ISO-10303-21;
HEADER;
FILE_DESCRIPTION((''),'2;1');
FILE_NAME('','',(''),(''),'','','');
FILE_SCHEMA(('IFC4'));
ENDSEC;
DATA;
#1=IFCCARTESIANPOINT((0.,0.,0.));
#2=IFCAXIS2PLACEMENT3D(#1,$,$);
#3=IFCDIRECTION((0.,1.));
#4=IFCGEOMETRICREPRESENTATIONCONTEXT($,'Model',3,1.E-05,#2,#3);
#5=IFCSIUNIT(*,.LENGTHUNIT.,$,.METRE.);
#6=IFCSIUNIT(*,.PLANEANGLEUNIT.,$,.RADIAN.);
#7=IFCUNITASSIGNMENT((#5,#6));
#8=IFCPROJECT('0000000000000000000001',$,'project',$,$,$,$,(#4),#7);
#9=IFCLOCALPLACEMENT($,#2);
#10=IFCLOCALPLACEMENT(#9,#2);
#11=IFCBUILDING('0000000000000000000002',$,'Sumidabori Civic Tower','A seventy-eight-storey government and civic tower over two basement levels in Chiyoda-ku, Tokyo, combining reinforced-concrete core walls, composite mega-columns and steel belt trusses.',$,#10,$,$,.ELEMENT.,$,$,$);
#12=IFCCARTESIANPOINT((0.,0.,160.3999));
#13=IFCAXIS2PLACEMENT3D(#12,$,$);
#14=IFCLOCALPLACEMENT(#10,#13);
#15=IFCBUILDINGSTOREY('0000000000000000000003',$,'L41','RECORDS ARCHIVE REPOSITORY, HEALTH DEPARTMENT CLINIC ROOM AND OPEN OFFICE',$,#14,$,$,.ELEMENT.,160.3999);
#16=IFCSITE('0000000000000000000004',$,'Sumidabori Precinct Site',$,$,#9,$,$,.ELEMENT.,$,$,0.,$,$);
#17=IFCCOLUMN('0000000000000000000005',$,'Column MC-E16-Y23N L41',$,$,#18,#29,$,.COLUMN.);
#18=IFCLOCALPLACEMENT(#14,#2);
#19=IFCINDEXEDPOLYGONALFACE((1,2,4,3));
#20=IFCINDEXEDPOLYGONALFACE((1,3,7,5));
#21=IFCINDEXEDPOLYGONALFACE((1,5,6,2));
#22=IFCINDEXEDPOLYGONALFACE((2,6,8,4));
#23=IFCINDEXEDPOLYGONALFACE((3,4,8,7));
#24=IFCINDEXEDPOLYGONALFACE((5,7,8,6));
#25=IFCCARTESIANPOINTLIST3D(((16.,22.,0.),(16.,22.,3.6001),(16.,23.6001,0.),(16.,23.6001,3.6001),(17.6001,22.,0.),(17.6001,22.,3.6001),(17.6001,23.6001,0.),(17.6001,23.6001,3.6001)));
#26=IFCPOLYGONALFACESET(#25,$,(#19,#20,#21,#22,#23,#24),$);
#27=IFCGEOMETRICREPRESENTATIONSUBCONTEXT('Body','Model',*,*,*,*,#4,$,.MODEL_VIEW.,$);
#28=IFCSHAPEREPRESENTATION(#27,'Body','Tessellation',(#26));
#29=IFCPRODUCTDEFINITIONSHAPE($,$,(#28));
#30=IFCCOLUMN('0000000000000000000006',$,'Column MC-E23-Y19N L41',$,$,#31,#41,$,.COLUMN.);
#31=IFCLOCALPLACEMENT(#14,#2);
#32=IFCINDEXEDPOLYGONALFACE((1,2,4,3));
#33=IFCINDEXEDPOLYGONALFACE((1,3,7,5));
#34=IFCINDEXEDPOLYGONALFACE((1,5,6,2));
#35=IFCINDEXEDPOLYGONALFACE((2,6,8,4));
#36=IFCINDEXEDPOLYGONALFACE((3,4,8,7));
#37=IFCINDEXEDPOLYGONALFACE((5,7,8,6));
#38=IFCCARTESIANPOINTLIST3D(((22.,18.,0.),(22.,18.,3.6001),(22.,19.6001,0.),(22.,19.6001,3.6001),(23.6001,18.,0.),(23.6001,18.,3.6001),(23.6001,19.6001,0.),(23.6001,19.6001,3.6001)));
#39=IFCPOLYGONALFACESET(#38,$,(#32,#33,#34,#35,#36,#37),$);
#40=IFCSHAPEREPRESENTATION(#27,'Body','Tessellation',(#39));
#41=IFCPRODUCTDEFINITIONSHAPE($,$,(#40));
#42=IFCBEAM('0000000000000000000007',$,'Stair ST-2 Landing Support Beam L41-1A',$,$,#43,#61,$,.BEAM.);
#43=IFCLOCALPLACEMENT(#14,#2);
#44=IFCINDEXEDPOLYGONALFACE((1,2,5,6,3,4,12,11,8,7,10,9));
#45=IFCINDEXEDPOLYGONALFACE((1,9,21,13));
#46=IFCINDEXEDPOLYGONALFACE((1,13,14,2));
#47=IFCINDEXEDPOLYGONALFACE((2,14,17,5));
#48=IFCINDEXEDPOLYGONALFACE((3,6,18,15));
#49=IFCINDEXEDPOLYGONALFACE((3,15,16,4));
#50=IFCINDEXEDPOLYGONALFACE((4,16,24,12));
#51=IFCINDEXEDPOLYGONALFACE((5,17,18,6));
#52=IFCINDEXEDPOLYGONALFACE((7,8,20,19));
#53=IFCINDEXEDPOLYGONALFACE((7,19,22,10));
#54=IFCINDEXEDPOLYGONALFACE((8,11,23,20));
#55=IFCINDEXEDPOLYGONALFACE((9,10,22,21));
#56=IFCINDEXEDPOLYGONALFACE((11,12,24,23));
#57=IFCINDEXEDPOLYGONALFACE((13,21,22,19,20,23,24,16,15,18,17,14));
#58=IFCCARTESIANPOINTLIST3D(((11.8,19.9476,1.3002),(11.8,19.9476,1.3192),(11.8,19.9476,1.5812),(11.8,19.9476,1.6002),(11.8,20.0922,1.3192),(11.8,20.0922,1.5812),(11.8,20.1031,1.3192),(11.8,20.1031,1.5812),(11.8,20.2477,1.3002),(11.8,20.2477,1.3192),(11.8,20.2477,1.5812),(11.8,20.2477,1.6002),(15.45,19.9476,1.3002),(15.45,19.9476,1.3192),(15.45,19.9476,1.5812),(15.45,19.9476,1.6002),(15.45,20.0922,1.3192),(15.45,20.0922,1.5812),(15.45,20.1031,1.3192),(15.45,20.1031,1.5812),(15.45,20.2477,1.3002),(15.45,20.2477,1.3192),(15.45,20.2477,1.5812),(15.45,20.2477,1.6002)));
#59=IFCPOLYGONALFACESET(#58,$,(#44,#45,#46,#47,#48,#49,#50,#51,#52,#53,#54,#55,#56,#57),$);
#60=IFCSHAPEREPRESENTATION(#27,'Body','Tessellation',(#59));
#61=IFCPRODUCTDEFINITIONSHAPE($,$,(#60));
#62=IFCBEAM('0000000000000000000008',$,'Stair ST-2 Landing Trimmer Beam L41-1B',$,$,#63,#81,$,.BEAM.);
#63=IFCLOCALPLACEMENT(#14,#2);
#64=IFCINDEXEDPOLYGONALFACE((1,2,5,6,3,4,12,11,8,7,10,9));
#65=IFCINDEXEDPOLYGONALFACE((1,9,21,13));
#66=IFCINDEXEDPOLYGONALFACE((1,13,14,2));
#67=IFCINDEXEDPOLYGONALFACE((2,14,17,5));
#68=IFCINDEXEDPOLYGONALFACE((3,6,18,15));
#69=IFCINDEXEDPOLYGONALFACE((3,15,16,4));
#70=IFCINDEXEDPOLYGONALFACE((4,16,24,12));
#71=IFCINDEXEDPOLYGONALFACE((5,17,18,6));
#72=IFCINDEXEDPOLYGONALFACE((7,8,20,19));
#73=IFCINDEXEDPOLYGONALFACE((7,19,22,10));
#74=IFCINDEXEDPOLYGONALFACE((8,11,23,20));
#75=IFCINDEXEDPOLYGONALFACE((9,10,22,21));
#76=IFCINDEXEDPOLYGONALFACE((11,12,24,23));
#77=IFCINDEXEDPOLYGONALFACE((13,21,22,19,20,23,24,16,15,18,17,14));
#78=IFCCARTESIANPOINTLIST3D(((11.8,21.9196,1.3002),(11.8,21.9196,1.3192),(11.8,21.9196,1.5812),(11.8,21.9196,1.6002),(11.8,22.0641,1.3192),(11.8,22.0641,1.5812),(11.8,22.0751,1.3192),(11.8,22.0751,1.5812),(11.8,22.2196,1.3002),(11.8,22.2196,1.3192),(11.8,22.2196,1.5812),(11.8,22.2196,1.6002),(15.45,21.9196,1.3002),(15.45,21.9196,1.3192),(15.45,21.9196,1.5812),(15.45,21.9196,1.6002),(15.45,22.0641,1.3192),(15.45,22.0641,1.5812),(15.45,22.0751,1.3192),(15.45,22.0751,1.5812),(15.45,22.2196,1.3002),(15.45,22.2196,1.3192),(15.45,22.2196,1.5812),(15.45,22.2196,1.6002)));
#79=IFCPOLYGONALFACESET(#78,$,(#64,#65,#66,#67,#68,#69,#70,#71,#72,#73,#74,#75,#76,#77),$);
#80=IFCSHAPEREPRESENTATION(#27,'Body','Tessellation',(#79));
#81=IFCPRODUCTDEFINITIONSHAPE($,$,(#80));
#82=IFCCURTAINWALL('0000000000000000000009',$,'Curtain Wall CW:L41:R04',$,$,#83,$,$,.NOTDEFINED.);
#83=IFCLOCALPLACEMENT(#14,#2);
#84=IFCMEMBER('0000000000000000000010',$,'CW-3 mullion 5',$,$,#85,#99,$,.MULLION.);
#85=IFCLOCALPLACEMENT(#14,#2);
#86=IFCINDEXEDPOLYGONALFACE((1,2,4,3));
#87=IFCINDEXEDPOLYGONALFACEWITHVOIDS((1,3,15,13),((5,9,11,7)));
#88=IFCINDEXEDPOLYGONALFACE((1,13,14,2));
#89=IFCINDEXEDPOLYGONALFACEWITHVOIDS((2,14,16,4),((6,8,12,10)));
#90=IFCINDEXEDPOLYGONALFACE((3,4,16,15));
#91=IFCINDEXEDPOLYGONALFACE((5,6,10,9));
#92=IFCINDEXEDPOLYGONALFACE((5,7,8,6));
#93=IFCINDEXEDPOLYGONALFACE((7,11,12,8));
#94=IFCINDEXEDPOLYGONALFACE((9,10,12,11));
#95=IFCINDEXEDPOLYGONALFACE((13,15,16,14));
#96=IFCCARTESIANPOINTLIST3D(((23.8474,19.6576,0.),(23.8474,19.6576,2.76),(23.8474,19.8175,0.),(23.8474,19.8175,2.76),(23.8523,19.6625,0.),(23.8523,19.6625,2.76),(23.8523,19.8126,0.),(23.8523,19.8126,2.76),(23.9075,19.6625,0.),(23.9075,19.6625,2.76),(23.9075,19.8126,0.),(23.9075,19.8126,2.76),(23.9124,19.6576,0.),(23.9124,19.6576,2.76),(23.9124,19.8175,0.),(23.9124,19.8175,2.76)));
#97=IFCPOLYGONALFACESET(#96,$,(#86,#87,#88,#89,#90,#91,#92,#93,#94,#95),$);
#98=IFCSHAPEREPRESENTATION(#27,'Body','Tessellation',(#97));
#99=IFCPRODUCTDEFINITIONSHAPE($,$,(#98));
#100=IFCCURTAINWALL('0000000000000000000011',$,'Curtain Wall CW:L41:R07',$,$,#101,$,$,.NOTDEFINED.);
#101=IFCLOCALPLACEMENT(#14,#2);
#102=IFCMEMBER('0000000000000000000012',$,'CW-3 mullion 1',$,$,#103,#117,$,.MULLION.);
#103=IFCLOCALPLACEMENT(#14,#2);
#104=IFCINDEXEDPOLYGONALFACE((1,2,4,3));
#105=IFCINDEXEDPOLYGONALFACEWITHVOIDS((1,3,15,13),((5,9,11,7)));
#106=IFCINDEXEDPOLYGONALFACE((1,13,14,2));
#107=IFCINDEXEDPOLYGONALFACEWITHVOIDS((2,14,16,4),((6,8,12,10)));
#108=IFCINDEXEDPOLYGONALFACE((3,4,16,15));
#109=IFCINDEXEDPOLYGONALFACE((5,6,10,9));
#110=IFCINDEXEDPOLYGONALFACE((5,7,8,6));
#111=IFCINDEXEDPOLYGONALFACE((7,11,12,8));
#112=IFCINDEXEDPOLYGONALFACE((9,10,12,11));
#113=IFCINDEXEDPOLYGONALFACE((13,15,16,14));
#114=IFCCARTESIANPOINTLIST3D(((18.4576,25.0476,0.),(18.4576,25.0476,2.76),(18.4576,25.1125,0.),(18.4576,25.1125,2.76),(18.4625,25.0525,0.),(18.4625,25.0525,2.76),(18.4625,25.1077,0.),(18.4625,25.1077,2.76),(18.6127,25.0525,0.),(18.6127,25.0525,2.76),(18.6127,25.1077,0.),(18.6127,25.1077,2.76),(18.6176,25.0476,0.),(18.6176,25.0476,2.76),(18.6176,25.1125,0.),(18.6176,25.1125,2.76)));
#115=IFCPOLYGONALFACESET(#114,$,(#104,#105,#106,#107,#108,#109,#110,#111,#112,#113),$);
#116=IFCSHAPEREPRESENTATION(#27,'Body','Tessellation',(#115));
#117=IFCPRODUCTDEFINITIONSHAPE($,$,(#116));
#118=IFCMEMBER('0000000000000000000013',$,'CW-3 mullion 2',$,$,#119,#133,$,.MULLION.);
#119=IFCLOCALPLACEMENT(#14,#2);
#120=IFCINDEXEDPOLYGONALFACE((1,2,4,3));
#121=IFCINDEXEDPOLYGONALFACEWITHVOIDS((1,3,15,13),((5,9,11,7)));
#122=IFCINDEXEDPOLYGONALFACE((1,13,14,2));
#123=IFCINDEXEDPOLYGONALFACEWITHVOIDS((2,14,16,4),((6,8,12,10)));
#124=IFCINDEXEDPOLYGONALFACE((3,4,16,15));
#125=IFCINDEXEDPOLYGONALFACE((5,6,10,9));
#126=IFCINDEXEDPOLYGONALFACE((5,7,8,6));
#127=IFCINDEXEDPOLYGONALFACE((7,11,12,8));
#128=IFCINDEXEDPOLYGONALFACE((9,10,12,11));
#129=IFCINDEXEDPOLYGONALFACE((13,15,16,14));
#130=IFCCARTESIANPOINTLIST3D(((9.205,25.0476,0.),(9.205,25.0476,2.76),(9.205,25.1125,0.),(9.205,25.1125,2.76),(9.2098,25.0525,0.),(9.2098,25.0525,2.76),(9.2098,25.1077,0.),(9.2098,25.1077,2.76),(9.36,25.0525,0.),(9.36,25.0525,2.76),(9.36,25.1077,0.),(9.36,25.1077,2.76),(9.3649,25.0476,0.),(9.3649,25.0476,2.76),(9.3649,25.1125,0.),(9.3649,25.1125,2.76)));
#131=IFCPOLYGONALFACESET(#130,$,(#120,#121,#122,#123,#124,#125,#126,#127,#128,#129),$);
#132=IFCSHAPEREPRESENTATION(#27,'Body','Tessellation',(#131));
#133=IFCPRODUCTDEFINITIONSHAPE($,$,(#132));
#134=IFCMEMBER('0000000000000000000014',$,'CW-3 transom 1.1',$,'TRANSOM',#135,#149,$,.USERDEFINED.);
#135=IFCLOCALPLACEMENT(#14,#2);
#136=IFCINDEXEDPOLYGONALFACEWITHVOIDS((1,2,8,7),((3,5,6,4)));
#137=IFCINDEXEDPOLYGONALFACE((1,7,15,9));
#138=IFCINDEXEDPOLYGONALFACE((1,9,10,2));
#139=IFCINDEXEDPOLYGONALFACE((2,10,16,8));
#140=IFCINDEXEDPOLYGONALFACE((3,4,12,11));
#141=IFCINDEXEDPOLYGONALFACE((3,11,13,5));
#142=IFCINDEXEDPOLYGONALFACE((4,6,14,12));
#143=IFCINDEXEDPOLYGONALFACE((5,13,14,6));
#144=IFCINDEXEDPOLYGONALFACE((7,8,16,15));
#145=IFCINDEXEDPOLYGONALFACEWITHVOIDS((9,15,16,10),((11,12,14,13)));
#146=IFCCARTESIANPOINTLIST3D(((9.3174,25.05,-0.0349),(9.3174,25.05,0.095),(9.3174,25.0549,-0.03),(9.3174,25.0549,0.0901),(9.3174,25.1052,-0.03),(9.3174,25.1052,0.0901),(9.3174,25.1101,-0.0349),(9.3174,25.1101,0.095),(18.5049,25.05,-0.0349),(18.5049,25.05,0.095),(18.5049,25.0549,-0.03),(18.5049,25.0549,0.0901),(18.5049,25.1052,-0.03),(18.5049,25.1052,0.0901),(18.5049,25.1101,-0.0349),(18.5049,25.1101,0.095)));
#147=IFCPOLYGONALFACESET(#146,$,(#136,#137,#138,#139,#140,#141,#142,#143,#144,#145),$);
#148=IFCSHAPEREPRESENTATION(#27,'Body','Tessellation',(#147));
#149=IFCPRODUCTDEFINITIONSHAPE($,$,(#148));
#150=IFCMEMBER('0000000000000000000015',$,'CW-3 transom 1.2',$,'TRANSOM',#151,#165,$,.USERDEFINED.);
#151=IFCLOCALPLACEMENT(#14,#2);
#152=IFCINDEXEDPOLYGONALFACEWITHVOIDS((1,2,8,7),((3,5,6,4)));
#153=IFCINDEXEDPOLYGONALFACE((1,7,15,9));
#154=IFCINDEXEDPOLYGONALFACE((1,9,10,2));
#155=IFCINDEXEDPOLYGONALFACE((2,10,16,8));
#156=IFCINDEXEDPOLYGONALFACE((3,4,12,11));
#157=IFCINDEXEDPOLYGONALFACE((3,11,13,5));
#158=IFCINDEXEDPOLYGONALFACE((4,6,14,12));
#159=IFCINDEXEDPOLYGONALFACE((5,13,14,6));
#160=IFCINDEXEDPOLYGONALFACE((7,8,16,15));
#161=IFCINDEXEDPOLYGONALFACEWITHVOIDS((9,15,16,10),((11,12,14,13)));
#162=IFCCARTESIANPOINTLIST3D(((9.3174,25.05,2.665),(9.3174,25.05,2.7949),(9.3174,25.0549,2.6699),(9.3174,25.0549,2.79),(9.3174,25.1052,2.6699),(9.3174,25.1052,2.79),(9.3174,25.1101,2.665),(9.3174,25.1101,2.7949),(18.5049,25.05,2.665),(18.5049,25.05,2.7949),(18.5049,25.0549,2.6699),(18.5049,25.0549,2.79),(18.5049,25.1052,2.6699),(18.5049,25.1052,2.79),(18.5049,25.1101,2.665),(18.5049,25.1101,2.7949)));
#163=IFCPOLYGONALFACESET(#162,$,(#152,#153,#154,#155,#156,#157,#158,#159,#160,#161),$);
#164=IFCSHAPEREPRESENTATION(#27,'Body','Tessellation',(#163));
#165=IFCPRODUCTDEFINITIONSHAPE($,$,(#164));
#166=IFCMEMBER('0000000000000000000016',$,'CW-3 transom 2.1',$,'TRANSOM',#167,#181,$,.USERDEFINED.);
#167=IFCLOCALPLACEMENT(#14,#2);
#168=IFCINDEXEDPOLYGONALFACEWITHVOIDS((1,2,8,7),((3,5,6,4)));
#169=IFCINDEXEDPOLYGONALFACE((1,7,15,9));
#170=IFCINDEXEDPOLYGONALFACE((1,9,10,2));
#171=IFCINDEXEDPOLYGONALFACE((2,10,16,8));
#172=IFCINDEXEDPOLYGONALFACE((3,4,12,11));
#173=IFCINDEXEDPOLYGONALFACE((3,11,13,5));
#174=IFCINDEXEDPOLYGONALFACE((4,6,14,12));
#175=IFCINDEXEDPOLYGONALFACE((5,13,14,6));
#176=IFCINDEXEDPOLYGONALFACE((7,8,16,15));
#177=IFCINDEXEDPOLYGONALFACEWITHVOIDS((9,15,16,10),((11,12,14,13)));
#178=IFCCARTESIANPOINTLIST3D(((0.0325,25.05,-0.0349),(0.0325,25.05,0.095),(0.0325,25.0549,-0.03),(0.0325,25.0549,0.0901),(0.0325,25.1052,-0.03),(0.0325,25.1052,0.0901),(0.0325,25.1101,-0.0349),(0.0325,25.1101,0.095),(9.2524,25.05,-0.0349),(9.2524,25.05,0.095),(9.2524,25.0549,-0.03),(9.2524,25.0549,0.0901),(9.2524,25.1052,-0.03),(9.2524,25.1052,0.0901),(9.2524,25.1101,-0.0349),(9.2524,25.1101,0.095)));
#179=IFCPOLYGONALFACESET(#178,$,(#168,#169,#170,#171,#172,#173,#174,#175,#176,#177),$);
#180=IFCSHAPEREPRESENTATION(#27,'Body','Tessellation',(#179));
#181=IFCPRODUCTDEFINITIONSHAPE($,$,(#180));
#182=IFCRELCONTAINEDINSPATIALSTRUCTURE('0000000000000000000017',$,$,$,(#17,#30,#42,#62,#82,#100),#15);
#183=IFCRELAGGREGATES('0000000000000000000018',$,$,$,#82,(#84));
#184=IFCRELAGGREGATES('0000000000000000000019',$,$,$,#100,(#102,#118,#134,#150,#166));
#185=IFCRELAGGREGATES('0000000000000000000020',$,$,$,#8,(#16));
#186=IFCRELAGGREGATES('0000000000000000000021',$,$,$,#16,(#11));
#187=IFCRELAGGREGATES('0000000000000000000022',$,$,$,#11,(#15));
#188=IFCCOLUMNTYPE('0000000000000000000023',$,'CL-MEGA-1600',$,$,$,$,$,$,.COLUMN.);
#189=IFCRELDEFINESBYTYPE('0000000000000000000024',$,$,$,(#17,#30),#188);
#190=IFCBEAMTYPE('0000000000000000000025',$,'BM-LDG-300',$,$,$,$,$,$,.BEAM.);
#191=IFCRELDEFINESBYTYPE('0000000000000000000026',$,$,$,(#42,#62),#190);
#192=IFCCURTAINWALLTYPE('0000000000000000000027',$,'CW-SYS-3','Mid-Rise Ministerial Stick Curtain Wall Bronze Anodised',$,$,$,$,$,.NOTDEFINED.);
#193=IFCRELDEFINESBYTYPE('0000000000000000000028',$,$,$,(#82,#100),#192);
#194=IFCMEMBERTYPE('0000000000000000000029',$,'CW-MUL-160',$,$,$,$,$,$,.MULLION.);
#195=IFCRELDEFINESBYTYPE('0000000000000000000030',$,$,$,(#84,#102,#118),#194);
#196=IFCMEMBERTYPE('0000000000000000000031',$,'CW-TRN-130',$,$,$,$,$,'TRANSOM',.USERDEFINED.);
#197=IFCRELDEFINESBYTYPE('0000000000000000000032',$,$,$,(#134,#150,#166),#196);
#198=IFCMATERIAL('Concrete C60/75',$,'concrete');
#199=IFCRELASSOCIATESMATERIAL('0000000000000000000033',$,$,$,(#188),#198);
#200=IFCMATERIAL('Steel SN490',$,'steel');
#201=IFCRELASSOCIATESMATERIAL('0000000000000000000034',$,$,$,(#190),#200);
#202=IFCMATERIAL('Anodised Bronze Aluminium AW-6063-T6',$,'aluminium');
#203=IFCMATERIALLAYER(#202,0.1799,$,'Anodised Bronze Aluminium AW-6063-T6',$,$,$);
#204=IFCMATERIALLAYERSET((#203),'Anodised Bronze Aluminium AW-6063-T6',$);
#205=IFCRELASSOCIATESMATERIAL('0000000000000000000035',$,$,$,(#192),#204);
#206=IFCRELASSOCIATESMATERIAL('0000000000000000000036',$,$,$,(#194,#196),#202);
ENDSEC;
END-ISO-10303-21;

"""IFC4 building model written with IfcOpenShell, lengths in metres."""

from ifc_helpers import new_model, si_unit, direction, frame, origin, origin_2d, place, context, subcontext, project, spatial, rectangle, hollow_rectangle, i_section, extrude, source, transform, mapped, material, layer, layer_set, material_profile, profile_set, type_object, element, aggregate, save


model = new_model("IFC4")

# Units and contexts
model_context = context("Model", 3, precision=1e-05, world=origin(), true_north=direction((0.0, 1.0)))
body_context = subcontext(model_context, "Body", "Model", "MODEL_VIEW")
ifc_project = project(units=[si_unit("LENGTHUNIT", "METRE"), si_unit("PLANEANGLEUNIT", "RADIAN")], contexts=[model_context])

# Site, building, storey
site_placement = place(None, origin())
site = spatial("IfcSite", under=ifc_project, at=site_placement, Name="Sumidabori Precinct Site", CompositionType="ELEMENT", RefElevation=0.0)
building_placement = place(site_placement, origin())
building = spatial("IfcBuilding", under=site, at=building_placement, Name="Sumidabori Civic Tower", Description="A seventy-eight-storey government and civic tower over two basement levels in Chiyoda-ku, Tokyo, combining reinforced-concrete core walls, composite mega-columns and steel belt trusses.", CompositionType="ELEMENT")
storey_placement = place(building_placement, frame((0.0, 0.0, 160.3999)))
storey = spatial("IfcBuildingStorey", under=building, at=storey_placement, Name="L41", Description="RECORDS ARCHIVE REPOSITORY, HEALTH DEPARTMENT CLINIC ROOM AND OPEN OFFICE", CompositionType="ELEMENT", Elevation=160.3999)

# Columns
ifc_material_1 = material(Name="Concrete C60/75", Category="concrete")
ifc_material_profile_1 = material_profile(ifc_material_1, rectangle(XDim=1.6001, YDim=1.6001, at=origin_2d()), Name="RC 1600x1600")
ifc_profile_set_1 = profile_set([ifc_material_profile_1], Name="Concrete C60/75")
column_type = type_object("IfcColumnType", Name="CL-MEGA-1600", PredefinedType="COLUMN", material=ifc_profile_set_1)
shared_shape_1 = source(origin(), body_context, "Body", "SweptSolid", [
    extrude(rectangle(XDim=1.6001, YDim=1.6001, at=origin_2d()), origin(), (0.0, 0.0, 1.0), 3.6001),
])
for number, where, z_axis, x_axis, name in (
    (1, (16.8, 22.8, 0.0), (0.0, 0.0, 1.0), (1.0, 0.0, 0.0), "Column MC-E16-Y23N L41"),
    (2, (22.8, 18.8, 0.0), (0.0, 0.0, 1.0), (1.0, 0.0, 0.0), "Column MC-E23-Y19N L41"),
):
    element("IfcColumn", number, at=place(storey_placement, frame(where, z_axis=z_axis, x_axis=x_axis)), inside=storey, type_object=column_type, Name=name, PredefinedType="COLUMN", context=body_context, shape_type="MappedRepresentation", body=[
        mapped(shared_shape_1, transform((0.0, 0.0, 0.0), x_axis=(1.0, 0.0, 0.0), y_axis=(0.0, 1.0, 0.0), z_axis=(0.0, 0.0, 1.0), scale=1.0)),
    ])

# Beams
ifc_material_2 = material(Name="Steel SN490", Category="steel")
ifc_material_profile_2 = material_profile(ifc_material_2, i_section(OverallWidth=0.3, OverallDepth=0.3, WebThickness=0.011, FlangeThickness=0.019, at=origin_2d()), Name="HE 300 B")
ifc_profile_set_2 = profile_set([ifc_material_profile_2], Name="Steel SN490")
beam_type = type_object("IfcBeamType", Name="BM-LDG-300", PredefinedType="BEAM", material=ifc_profile_set_2)
shared_shape_2 = source(origin(), body_context, "Body", "SweptSolid", [
    extrude(i_section(OverallWidth=0.3, OverallDepth=0.3, WebThickness=0.011, FlangeThickness=0.019, at=origin_2d()), origin(), (0.0, 0.0, 1.0), 3.6499),
])
for number, where, z_axis, x_axis, name in (
    (3, (11.8, 20.0977, 1.4502), (1.0, 0.0, 0.0), (0.0, 1.0, 0.0), "Stair ST-2 Landing Support Beam L41-1A"),
    (4, (11.8, 22.0696, 1.4502), (1.0, 0.0, 0.0), (0.0, 1.0, 0.0), "Stair ST-2 Landing Trimmer Beam L41-1B"),
):
    element("IfcBeam", number, at=place(storey_placement, frame(where, z_axis=z_axis, x_axis=x_axis)), inside=storey, type_object=beam_type, Name=name, PredefinedType="BEAM", context=body_context, shape_type="MappedRepresentation", body=[
        mapped(shared_shape_2, transform((0.0, 0.0, 0.0), x_axis=(1.0, 0.0, 0.0), y_axis=(0.0, 1.0, 0.0), z_axis=(0.0, 0.0, 1.0), scale=1.0)),
    ])

# Curtain wall, member
ifc_material_3 = material(Name="Anodised Bronze Aluminium AW-6063-T6", Category="aluminium")
ifc_layer_1 = layer(ifc_material_3, 0.1799, Name="Anodised Bronze Aluminium AW-6063-T6")
ifc_layer_set_1 = layer_set([ifc_layer_1], Name="Anodised Bronze Aluminium AW-6063-T6")
curtain_wall_type = type_object("IfcCurtainWallType", Name="CW-SYS-3", Description="Mid-Rise Ministerial Stick Curtain Wall Bronze Anodised", PredefinedType="NOTDEFINED", material=ifc_layer_set_1)
curtain_wall_1_placement = place(storey_placement, origin())
curtain_wall_1 = element("IfcCurtainWall", 5, at=curtain_wall_1_placement, inside=storey, type_object=curtain_wall_type, Name="Curtain Wall CW:L41:R04", PredefinedType="NOTDEFINED")
ifc_material_profile_3 = material_profile(ifc_material_3, hollow_rectangle(XDim=0.0649, YDim=0.1599, WallThickness=0.0049, at=origin_2d()), Name="ALU MULLION 160x65")
ifc_profile_set_3 = profile_set([ifc_material_profile_3], Name="Anodised Bronze Aluminium AW-6063-T6")
member_type_1 = type_object("IfcMemberType", Name="CW-MUL-160", PredefinedType="MULLION", material=ifc_profile_set_3)
shared_shape_3 = source(origin(), body_context, "Body", "SweptSolid", [
    extrude(hollow_rectangle(XDim=0.0649, YDim=0.1599, WallThickness=0.0049, at=origin_2d()), origin(), (0.0, 0.0, 1.0), 2.76),
])
member_1_placement = place(storey_placement, frame((23.8799, 19.7375, 0.0), z_axis=(0.0, 0.0, 1.0), x_axis=(-1.0, 0.0, 0.0)))
member_1 = element("IfcMember", 6, at=member_1_placement, type_object=member_type_1, Name="CW-3 mullion 5", PredefinedType="MULLION", context=body_context, shape_type="MappedRepresentation", body=[
    mapped(shared_shape_3, transform((0.0, 0.0, 0.0), x_axis=(1.0, 0.0, 0.0), y_axis=(0.0, 1.0, 0.0), z_axis=(0.0, 0.0, 1.0), scale=1.0)),
])
aggregate(curtain_wall_1, [member_1])

# Curtain wall, members
curtain_wall_2_placement = place(storey_placement, origin())
curtain_wall_2 = element("IfcCurtainWall", 7, at=curtain_wall_2_placement, inside=storey, type_object=curtain_wall_type, Name="Curtain Wall CW:L41:R07", PredefinedType="NOTDEFINED")
member_2_placement = place(storey_placement, frame((18.5376, 25.0801, 0.0), z_axis=(0.0, 0.0, 1.0), x_axis=(0.0, -1.0, 0.0)))
member_2 = element("IfcMember", 8, at=member_2_placement, type_object=member_type_1, Name="CW-3 mullion 1", PredefinedType="MULLION", context=body_context, shape_type="MappedRepresentation", body=[
    mapped(shared_shape_3, transform((0.0, 0.0, 0.0), x_axis=(1.0, 0.0, 0.0), y_axis=(0.0, 1.0, 0.0), z_axis=(0.0, 0.0, 1.0), scale=1.0)),
])
member_3_placement = place(storey_placement, frame((9.2849, 25.0801, 0.0), z_axis=(0.0, 0.0, 1.0), x_axis=(0.0, -1.0, 0.0)))
member_3 = element("IfcMember", 9, at=member_3_placement, type_object=member_type_1, Name="CW-3 mullion 2", PredefinedType="MULLION", context=body_context, shape_type="MappedRepresentation", body=[
    mapped(shared_shape_3, transform((0.0, 0.0, 0.0), x_axis=(1.0, 0.0, 0.0), y_axis=(0.0, 1.0, 0.0), z_axis=(0.0, 0.0, 1.0), scale=1.0)),
])
ifc_material_profile_4 = material_profile(ifc_material_3, hollow_rectangle(XDim=0.0601, YDim=0.1299, WallThickness=0.0049, at=origin_2d()), Name="ALU TRANSOM 130x60")
ifc_profile_set_4 = profile_set([ifc_material_profile_4], Name="Anodised Bronze Aluminium AW-6063-T6")
member_type_2 = type_object("IfcMemberType", Name="CW-TRN-130", ElementType="TRANSOM", PredefinedType="USERDEFINED", material=ifc_profile_set_4)
shared_shape_4 = source(origin(), body_context, "Body", "SweptSolid", [
    extrude(hollow_rectangle(XDim=0.0601, YDim=0.1299, WallThickness=0.0049, at=origin_2d()), origin(), (0.0, 0.0, 1.0), 9.1875),
])
member_4_placement = place(storey_placement, frame((18.5049, 25.0801, 0.03), z_axis=(-1.0, 0.0, 0.0), x_axis=(0.0, -1.0, 0.0)))
member_4 = element("IfcMember", 10, at=member_4_placement, type_object=member_type_2, Name="CW-3 transom 1.1", ObjectType="TRANSOM", PredefinedType="USERDEFINED", context=body_context, shape_type="MappedRepresentation", body=[
    mapped(shared_shape_4, transform((0.0, 0.0, 0.0), x_axis=(1.0, 0.0, 0.0), y_axis=(0.0, 1.0, 0.0), z_axis=(0.0, 0.0, 1.0), scale=1.0)),
])
member_5_placement = place(storey_placement, frame((18.5049, 25.0801, 2.73), z_axis=(-1.0, 0.0, 0.0), x_axis=(0.0, -1.0, 0.0)))
member_5 = element("IfcMember", 11, at=member_5_placement, type_object=member_type_2, Name="CW-3 transom 1.2", ObjectType="TRANSOM", PredefinedType="USERDEFINED", context=body_context, shape_type="MappedRepresentation", body=[
    mapped(shared_shape_4, transform((0.0, 0.0, 0.0), x_axis=(1.0, 0.0, 0.0), y_axis=(0.0, 1.0, 0.0), z_axis=(0.0, 0.0, 1.0), scale=1.0)),
])
shared_shape_5 = source(origin(), body_context, "Body", "SweptSolid", [
    extrude(hollow_rectangle(XDim=0.0601, YDim=0.1299, WallThickness=0.0049, at=origin_2d()), origin(), (0.0, 0.0, 1.0), 9.22),
])
member_6_placement = place(storey_placement, frame((9.2524, 25.0801, 0.03), z_axis=(-1.0, 0.0, 0.0), x_axis=(0.0, -1.0, 0.0)))
member_6 = element("IfcMember", 12, at=member_6_placement, type_object=member_type_2, Name="CW-3 transom 2.1", ObjectType="TRANSOM", PredefinedType="USERDEFINED", context=body_context, shape_type="MappedRepresentation", body=[
    mapped(shared_shape_5, transform((0.0, 0.0, 0.0), x_axis=(1.0, 0.0, 0.0), y_axis=(0.0, 1.0, 0.0), z_axis=(0.0, 0.0, 1.0), scale=1.0)),
])
aggregate(curtain_wall_2, [member_2, member_3, member_4, member_5, member_6])

save(model, "model.ifc")
